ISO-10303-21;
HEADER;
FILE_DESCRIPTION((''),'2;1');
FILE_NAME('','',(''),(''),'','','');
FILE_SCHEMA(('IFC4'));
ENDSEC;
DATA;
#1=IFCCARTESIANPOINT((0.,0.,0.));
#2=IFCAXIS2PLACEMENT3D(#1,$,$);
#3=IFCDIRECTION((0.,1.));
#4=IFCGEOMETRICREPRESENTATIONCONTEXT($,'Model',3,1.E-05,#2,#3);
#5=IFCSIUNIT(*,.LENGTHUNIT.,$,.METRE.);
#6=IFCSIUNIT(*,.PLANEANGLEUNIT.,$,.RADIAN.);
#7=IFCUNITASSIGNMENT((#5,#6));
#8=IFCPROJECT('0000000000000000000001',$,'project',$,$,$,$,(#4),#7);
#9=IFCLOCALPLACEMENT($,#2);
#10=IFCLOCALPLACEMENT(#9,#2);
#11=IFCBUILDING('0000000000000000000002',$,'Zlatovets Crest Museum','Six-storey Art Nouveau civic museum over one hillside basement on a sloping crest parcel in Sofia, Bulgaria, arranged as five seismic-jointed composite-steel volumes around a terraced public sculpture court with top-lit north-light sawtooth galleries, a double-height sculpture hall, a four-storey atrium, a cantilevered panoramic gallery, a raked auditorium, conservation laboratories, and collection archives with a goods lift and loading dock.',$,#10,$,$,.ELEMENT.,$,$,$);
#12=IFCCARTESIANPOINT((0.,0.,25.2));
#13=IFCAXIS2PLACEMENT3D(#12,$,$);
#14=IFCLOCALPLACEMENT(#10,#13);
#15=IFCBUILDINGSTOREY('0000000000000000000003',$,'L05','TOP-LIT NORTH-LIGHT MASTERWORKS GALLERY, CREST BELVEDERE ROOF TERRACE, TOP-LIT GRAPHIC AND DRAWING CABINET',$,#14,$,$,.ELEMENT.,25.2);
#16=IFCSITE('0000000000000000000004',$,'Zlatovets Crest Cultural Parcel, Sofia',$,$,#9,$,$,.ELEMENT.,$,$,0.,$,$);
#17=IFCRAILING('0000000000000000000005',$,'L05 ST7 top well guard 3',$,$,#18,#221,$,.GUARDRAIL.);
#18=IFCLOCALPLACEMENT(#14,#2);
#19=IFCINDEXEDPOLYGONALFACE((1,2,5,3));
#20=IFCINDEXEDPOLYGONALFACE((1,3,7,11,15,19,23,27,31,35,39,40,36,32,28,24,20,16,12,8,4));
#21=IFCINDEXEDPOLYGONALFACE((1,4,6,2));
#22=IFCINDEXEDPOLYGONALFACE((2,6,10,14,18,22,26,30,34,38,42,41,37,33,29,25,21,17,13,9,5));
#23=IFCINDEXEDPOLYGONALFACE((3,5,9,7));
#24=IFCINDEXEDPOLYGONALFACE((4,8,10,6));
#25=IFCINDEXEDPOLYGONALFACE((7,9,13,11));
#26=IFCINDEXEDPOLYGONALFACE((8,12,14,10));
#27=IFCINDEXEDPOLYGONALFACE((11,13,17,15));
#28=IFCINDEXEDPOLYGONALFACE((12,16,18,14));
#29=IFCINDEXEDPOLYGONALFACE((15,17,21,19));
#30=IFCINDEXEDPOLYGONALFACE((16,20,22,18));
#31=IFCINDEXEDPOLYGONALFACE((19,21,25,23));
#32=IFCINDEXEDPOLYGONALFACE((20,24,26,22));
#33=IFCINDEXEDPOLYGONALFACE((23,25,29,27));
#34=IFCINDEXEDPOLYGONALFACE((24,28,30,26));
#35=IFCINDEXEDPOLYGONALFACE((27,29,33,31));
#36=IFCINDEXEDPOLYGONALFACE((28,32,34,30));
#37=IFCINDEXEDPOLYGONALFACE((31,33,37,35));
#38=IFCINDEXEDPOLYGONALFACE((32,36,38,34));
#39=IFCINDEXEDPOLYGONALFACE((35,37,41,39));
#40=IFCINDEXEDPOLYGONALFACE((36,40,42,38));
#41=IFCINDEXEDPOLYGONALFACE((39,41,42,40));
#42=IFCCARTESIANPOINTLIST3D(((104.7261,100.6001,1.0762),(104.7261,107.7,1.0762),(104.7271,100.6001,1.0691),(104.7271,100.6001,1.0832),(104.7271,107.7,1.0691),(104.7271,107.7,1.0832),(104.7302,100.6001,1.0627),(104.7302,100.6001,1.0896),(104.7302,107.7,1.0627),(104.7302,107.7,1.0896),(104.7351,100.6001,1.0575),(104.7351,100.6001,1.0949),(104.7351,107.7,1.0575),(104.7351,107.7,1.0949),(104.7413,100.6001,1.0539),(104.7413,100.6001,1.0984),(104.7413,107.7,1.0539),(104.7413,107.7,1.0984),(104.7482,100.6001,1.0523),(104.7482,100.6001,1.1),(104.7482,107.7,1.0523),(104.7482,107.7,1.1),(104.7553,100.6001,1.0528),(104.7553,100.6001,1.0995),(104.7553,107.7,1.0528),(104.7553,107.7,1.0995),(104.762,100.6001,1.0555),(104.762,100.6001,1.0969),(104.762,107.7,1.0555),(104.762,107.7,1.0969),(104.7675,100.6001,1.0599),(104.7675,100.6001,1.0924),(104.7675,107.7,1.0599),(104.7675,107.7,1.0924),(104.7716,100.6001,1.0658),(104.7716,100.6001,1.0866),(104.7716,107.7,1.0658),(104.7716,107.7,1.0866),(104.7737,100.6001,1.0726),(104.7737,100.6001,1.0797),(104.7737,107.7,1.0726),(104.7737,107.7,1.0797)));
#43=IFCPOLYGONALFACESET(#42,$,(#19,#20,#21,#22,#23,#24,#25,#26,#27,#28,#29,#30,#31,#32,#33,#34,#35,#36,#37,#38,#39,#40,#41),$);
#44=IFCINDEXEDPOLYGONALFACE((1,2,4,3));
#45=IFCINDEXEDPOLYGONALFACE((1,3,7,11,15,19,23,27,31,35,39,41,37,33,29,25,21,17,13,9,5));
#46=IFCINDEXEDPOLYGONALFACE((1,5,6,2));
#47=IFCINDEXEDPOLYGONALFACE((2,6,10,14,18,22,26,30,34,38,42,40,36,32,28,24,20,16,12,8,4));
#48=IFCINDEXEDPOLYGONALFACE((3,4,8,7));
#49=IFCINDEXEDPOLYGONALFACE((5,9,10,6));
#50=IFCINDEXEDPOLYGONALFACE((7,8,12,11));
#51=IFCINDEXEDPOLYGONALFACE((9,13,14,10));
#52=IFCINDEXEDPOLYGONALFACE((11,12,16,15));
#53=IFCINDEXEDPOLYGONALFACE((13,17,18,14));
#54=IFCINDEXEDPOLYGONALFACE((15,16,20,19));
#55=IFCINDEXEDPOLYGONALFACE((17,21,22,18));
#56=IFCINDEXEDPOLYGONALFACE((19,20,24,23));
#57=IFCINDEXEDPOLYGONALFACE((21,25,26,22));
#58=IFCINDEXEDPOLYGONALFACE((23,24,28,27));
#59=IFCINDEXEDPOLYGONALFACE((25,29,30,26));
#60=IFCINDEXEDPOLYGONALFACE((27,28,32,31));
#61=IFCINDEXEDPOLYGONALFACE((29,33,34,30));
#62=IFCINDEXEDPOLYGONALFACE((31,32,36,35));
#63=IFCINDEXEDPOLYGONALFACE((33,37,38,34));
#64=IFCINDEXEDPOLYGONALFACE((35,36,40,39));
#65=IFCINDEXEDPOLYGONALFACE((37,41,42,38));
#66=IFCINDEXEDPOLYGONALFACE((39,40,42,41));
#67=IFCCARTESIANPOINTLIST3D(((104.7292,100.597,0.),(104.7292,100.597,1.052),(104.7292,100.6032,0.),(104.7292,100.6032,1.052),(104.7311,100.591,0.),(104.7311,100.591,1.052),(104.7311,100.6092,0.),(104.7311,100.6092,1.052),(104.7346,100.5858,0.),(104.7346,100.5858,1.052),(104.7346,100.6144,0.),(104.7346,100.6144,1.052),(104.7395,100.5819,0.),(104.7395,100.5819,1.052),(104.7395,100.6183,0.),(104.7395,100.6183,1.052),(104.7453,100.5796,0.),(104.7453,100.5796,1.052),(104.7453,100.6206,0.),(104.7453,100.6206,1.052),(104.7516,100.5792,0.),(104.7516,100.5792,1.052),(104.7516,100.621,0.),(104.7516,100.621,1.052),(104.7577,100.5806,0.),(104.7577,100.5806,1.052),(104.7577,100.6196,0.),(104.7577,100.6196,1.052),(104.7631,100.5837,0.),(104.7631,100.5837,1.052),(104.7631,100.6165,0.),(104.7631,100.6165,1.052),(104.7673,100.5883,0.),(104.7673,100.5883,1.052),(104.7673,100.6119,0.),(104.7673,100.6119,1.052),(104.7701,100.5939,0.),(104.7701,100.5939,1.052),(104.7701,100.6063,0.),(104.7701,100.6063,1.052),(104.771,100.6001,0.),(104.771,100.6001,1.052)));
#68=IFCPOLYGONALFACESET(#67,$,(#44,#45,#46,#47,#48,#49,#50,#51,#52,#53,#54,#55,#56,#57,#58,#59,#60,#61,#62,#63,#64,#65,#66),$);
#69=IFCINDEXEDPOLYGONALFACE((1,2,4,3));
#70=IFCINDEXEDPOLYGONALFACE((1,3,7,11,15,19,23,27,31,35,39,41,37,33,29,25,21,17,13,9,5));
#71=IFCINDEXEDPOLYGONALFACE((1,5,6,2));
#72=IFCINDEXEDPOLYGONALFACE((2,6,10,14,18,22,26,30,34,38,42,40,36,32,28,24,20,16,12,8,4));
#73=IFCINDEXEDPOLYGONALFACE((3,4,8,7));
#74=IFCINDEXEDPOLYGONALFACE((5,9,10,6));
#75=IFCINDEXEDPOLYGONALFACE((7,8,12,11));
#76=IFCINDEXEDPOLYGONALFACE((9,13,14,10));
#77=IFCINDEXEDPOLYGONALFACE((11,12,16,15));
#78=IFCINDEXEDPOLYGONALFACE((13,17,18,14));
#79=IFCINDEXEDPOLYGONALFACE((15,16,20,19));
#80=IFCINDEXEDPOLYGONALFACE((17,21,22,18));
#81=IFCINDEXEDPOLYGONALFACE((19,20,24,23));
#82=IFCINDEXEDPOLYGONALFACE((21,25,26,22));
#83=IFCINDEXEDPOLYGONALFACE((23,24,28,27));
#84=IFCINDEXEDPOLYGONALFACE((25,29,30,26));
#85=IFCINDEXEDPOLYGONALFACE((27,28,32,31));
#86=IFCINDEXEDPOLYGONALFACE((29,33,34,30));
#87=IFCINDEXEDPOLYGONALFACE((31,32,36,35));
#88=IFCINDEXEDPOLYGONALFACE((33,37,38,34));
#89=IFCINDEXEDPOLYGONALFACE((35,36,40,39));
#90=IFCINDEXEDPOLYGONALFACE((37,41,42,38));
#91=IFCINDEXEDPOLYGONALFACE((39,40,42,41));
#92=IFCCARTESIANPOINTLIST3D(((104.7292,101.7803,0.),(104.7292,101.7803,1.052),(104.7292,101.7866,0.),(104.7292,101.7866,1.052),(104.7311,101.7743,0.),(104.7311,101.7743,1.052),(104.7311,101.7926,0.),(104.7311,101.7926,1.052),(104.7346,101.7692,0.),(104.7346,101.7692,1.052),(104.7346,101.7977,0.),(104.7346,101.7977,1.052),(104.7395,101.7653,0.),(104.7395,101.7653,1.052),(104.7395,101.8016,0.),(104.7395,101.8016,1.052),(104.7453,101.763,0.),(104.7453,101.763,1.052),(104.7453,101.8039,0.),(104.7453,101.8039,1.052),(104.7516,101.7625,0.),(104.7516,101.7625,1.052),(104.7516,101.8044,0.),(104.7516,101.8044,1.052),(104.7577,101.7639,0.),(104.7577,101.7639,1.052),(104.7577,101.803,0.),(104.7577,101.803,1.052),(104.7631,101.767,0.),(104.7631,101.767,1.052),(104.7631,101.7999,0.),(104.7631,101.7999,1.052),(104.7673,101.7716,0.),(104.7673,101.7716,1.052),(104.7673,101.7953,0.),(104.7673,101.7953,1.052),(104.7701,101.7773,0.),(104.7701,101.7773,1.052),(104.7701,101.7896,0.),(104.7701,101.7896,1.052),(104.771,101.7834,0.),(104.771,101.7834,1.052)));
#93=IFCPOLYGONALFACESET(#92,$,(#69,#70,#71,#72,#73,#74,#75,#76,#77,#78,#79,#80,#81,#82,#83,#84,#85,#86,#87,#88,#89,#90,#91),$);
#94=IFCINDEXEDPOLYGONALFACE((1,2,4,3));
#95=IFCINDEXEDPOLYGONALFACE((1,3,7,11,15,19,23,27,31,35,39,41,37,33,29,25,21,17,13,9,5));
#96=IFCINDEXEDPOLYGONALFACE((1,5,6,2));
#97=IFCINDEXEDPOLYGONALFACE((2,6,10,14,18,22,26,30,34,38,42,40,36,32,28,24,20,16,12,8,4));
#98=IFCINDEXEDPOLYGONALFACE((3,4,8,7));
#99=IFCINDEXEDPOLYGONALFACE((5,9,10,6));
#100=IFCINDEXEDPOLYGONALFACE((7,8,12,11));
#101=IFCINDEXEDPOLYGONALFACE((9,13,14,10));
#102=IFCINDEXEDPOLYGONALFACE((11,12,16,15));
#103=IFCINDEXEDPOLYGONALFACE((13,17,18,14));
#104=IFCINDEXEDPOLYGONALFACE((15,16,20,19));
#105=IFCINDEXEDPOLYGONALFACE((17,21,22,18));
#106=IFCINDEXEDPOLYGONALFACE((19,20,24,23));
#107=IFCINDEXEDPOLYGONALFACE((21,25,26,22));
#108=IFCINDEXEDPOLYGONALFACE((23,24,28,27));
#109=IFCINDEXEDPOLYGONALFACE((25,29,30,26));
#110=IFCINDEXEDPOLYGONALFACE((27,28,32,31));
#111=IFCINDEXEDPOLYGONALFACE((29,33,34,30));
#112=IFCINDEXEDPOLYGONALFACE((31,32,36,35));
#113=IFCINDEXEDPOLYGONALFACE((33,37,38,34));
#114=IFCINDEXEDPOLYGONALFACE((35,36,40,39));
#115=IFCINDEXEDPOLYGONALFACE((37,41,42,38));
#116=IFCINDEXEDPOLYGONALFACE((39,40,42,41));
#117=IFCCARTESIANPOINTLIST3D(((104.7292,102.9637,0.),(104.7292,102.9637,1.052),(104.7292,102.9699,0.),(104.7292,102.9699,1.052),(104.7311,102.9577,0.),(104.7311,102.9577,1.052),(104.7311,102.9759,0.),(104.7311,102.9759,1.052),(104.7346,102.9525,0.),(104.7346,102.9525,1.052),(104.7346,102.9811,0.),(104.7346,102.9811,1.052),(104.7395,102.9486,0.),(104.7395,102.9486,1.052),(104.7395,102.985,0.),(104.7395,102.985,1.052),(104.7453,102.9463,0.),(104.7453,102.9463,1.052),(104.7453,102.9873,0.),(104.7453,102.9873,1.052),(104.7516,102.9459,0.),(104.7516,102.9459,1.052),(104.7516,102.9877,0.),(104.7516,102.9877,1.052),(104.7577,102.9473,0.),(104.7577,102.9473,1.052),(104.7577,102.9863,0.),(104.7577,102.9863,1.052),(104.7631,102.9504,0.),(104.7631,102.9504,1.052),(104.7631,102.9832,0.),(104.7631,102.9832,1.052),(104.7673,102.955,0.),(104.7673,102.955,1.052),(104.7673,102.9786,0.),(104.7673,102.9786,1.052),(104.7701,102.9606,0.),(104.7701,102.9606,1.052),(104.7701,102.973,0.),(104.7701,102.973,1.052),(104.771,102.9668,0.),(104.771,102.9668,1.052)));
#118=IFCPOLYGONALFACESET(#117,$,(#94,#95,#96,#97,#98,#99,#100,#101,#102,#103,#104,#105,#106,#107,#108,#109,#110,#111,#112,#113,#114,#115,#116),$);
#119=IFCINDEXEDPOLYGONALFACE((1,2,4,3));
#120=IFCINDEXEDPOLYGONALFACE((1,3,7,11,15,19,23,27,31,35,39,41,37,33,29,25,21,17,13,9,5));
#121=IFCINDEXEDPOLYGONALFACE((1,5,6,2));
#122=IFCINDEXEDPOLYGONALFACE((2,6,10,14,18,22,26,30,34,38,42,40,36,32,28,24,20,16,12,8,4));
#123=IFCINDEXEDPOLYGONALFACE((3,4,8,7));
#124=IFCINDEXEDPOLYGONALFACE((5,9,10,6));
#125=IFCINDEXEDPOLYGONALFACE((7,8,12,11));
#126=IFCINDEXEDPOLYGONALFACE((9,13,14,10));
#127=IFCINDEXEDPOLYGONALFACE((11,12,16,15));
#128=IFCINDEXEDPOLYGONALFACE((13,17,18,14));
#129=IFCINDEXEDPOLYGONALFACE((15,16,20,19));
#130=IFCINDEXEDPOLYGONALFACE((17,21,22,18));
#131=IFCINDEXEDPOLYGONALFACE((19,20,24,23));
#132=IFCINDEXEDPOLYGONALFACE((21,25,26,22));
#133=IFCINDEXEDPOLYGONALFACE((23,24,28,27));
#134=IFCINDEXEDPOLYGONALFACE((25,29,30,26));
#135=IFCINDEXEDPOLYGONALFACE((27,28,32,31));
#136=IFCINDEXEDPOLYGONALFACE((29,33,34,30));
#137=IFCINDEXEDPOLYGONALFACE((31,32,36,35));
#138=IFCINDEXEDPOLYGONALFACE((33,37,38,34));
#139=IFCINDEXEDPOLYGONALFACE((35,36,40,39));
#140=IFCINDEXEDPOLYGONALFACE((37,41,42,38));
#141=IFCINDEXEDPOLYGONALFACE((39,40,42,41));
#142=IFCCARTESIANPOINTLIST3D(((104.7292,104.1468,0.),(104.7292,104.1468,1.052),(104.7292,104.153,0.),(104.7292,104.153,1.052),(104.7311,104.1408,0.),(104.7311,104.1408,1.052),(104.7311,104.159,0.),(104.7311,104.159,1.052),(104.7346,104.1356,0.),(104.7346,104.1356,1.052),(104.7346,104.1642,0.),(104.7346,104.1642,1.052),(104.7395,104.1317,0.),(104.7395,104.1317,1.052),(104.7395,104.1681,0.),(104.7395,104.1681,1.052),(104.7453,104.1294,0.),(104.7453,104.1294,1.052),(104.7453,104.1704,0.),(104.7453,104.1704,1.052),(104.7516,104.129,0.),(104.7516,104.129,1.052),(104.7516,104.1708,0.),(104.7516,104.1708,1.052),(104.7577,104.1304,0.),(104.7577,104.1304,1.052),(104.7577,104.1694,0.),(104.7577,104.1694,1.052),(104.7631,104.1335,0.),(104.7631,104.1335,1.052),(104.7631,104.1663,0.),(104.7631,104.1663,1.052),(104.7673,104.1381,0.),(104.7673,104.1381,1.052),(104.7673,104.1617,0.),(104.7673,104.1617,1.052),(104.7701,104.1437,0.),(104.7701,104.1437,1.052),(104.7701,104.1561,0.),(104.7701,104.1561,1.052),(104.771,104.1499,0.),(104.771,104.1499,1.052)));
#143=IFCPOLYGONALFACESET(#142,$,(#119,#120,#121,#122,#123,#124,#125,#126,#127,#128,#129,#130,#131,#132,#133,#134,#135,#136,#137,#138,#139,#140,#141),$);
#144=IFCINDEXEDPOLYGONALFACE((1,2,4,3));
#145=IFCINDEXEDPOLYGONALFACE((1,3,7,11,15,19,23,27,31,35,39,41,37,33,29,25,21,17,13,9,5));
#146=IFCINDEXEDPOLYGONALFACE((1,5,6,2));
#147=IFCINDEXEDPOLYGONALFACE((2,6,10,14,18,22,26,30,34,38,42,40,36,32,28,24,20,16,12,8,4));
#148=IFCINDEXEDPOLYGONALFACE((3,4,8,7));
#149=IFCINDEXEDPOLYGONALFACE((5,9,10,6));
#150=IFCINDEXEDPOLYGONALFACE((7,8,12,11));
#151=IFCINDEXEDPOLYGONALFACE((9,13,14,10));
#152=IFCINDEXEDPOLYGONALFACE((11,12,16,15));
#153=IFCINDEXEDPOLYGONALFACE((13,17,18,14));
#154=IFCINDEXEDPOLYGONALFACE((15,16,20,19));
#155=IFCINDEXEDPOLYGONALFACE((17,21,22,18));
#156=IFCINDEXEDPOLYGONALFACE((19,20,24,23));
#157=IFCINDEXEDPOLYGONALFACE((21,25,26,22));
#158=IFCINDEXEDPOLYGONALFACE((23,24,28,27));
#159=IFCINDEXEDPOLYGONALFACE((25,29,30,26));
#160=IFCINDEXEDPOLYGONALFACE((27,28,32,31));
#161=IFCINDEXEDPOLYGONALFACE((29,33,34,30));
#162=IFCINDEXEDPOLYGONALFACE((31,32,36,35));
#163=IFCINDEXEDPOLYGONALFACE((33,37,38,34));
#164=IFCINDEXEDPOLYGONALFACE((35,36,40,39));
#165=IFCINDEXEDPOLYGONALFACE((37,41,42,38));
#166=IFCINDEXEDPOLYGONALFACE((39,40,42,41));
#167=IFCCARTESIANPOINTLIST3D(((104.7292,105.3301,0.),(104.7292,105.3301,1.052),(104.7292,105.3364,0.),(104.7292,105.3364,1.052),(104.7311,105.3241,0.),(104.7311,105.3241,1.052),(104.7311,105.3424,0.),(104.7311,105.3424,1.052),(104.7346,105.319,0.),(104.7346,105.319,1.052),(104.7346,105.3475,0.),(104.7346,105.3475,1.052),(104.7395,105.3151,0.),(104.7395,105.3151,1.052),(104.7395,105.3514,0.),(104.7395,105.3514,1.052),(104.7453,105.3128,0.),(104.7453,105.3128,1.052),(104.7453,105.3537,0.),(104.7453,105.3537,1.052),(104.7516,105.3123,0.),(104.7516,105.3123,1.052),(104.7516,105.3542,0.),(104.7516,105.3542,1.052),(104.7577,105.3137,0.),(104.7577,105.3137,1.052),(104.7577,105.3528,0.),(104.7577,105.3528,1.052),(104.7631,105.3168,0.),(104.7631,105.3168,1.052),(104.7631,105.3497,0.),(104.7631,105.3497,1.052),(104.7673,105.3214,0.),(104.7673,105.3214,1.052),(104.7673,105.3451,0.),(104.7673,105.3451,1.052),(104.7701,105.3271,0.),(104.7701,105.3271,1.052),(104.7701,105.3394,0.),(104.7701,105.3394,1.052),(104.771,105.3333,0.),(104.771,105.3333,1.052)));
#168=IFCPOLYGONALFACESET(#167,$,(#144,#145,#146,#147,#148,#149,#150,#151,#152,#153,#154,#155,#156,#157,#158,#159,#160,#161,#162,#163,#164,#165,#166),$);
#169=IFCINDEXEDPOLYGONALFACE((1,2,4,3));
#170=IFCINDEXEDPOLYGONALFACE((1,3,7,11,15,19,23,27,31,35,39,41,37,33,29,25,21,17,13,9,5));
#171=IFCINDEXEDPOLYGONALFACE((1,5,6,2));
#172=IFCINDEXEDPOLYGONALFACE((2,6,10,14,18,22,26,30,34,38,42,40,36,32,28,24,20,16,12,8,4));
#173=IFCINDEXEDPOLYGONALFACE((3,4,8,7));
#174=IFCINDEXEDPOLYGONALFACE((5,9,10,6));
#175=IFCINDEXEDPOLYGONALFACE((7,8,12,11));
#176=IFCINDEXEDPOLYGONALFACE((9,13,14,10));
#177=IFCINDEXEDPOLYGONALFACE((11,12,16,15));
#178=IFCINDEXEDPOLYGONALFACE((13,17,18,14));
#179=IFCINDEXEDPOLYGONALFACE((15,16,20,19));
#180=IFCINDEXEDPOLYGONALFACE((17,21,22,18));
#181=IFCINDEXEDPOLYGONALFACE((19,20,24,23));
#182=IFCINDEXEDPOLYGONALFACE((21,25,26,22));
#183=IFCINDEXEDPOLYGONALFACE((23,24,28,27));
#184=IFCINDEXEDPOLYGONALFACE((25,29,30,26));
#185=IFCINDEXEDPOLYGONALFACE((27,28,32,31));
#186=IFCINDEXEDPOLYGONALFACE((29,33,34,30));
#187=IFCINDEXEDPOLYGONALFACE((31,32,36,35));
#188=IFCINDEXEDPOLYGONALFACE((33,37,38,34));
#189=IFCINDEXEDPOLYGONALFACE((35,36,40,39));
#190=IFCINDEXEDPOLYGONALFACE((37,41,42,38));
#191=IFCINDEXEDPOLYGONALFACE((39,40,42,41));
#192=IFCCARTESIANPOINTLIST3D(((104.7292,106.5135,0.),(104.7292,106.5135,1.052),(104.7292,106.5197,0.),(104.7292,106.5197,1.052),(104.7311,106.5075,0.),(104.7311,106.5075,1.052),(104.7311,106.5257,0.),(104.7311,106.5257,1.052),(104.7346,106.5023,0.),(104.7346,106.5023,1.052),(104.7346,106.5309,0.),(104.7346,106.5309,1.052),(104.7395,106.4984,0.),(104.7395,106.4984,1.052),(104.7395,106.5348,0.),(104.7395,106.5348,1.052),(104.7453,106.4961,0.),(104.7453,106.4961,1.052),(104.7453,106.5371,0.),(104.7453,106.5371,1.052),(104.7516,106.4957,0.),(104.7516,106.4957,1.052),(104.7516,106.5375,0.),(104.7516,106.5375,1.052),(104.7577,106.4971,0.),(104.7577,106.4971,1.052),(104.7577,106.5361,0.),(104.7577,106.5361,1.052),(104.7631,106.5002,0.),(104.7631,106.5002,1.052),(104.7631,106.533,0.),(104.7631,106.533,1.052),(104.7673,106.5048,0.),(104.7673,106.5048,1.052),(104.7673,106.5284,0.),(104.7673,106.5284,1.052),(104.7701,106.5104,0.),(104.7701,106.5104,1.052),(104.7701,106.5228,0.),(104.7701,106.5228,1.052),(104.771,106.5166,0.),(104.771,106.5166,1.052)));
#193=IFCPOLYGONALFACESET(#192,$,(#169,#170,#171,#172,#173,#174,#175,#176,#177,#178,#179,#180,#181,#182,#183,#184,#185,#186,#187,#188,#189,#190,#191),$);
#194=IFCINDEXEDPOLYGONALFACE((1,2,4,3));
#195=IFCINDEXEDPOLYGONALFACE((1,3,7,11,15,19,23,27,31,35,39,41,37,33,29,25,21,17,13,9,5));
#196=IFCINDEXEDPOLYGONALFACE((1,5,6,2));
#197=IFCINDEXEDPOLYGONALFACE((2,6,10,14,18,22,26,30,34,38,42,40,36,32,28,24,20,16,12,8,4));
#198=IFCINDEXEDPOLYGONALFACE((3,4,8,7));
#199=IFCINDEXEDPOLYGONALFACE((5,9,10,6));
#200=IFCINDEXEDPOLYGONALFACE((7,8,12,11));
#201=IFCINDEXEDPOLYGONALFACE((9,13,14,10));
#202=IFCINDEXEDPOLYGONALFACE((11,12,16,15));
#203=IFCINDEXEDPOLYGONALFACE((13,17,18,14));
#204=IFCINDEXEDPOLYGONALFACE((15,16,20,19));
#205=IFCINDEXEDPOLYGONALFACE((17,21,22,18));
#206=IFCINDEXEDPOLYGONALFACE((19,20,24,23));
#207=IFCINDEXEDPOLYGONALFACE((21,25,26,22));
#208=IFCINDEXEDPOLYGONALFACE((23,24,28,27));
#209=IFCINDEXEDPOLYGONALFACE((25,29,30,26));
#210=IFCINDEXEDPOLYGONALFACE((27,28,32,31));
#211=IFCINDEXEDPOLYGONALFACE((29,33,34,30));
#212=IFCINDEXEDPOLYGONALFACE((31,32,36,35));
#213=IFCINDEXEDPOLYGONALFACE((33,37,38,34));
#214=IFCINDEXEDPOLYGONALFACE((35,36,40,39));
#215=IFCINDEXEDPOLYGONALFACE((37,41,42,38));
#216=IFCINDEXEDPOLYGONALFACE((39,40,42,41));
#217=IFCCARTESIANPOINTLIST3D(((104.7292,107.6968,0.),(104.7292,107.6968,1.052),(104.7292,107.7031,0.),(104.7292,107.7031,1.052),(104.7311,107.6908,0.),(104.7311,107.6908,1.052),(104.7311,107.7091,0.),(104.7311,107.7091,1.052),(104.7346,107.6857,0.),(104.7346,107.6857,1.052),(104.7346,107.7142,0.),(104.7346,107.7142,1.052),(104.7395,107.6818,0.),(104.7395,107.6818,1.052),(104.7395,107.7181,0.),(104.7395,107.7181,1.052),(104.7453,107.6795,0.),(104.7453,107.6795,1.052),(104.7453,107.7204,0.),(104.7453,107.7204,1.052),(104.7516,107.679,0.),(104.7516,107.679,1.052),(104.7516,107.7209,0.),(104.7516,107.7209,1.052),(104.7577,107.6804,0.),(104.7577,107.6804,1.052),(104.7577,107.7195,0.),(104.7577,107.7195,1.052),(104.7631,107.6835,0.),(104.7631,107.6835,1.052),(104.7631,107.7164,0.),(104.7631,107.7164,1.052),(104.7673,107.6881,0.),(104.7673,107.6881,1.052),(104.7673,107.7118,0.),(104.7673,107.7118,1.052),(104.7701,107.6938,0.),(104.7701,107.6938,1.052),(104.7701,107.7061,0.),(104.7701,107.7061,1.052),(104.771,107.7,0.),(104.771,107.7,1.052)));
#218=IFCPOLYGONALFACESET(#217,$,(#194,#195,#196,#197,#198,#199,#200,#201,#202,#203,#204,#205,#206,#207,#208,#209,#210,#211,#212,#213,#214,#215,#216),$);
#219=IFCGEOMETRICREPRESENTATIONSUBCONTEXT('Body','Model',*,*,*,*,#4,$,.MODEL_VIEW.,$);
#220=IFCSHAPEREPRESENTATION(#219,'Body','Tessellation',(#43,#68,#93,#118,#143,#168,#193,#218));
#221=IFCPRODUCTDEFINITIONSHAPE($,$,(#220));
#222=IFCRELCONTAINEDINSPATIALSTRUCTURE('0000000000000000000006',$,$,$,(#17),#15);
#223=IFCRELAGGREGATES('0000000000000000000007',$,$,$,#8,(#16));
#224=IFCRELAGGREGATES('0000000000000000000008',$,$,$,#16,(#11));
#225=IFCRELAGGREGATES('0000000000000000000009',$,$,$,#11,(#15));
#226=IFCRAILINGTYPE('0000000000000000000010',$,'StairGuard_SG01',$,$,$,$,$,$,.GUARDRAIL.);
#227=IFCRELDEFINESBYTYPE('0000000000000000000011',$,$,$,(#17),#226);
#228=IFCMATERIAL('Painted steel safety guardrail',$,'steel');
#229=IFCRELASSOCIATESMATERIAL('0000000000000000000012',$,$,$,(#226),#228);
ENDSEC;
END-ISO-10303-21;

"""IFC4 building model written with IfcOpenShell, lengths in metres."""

from ifc_helpers import new_model, si_unit, direction, frame, origin, origin_2d, place, context, subcontext, project, spatial, circle, extrude, material, type_object, element, save


model = new_model("IFC4")

# Units and contexts
model_context = context("Model", 3, precision=1e-05, world=origin(), true_north=direction((0.0, 1.0)))
body_context = subcontext(model_context, "Body", "Model", "MODEL_VIEW")
ifc_project = project(units=[si_unit("LENGTHUNIT", "METRE"), si_unit("PLANEANGLEUNIT", "RADIAN")], contexts=[model_context])

# Site, building, storey
site_placement = place(None, origin())
site = spatial("IfcSite", under=ifc_project, at=site_placement, Name="Zlatovets Crest Cultural Parcel, Sofia", CompositionType="ELEMENT", RefElevation=0.0)
building_placement = place(site_placement, origin())
building = spatial("IfcBuilding", under=site, at=building_placement, Name="Zlatovets Crest Museum", Description="Six-storey Art Nouveau civic museum over one hillside basement on a sloping crest parcel in Sofia, Bulgaria, arranged as five seismic-jointed composite-steel volumes around a terraced public sculpture court with top-lit north-light sawtooth galleries, a double-height sculpture hall, a four-storey atrium, a cantilevered panoramic gallery, a raked auditorium, conservation laboratories, and collection archives with a goods lift and loading dock.", CompositionType="ELEMENT")
storey_placement = place(building_placement, frame((0.0, 0.0, 25.2)))
storey = spatial("IfcBuildingStorey", under=building, at=storey_placement, Name="L05", Description="TOP-LIT NORTH-LIGHT MASTERWORKS GALLERY, CREST BELVEDERE ROOF TERRACE, TOP-LIT GRAPHIC AND DRAWING CABINET", CompositionType="ELEMENT", Elevation=25.2)

# Railing
ifc_material_1 = material(Name="Painted steel safety guardrail", Category="steel")
railing_type = type_object("IfcRailingType", Name="StairGuard_SG01", PredefinedType="GUARDRAIL", material=ifc_material_1)
railing_placement = place(storey_placement, frame((104.75, 100.6001, 0.0)))
element("IfcRailing", 1, at=railing_placement, inside=storey, type_object=railing_type, Name="L05 ST7 top well guard 3", PredefinedType="GUARDRAIL", context=body_context, shape_type="SweptSolid", body=[
    extrude(circle(Radius=0.0239, at=origin_2d()), frame((0.0, 0.0, 1.0762), z_axis=(0.0, 1.0, 0.0), x_axis=(-1.0, 0.0, 0.0)), (0.0, 0.0, 1.0), 7.0999),
    extrude(circle(Radius=0.021, at=origin_2d()), origin(), (0.0, 0.0, 1.0), 1.052),
    extrude(circle(Radius=0.021, at=origin_2d()), frame((0.0, 1.1833, 0.0)), (0.0, 0.0, 1.0), 1.052),
    extrude(circle(Radius=0.021, at=origin_2d()), frame((0.0, 2.3667, 0.0)), (0.0, 0.0, 1.0), 1.052),
    extrude(circle(Radius=0.021, at=origin_2d()), frame((0.0, 3.5498, 0.0)), (0.0, 0.0, 1.0), 1.052),
    extrude(circle(Radius=0.021, at=origin_2d()), frame((0.0, 4.7332, 0.0)), (0.0, 0.0, 1.0), 1.052),
    extrude(circle(Radius=0.021, at=origin_2d()), frame((0.0, 5.9165, 0.0)), (0.0, 0.0, 1.0), 1.052),
    extrude(circle(Radius=0.021, at=origin_2d()), frame((0.0, 7.0999, 0.0)), (0.0, 0.0, 1.0), 1.052),
])

save(model, "model.ifc")
